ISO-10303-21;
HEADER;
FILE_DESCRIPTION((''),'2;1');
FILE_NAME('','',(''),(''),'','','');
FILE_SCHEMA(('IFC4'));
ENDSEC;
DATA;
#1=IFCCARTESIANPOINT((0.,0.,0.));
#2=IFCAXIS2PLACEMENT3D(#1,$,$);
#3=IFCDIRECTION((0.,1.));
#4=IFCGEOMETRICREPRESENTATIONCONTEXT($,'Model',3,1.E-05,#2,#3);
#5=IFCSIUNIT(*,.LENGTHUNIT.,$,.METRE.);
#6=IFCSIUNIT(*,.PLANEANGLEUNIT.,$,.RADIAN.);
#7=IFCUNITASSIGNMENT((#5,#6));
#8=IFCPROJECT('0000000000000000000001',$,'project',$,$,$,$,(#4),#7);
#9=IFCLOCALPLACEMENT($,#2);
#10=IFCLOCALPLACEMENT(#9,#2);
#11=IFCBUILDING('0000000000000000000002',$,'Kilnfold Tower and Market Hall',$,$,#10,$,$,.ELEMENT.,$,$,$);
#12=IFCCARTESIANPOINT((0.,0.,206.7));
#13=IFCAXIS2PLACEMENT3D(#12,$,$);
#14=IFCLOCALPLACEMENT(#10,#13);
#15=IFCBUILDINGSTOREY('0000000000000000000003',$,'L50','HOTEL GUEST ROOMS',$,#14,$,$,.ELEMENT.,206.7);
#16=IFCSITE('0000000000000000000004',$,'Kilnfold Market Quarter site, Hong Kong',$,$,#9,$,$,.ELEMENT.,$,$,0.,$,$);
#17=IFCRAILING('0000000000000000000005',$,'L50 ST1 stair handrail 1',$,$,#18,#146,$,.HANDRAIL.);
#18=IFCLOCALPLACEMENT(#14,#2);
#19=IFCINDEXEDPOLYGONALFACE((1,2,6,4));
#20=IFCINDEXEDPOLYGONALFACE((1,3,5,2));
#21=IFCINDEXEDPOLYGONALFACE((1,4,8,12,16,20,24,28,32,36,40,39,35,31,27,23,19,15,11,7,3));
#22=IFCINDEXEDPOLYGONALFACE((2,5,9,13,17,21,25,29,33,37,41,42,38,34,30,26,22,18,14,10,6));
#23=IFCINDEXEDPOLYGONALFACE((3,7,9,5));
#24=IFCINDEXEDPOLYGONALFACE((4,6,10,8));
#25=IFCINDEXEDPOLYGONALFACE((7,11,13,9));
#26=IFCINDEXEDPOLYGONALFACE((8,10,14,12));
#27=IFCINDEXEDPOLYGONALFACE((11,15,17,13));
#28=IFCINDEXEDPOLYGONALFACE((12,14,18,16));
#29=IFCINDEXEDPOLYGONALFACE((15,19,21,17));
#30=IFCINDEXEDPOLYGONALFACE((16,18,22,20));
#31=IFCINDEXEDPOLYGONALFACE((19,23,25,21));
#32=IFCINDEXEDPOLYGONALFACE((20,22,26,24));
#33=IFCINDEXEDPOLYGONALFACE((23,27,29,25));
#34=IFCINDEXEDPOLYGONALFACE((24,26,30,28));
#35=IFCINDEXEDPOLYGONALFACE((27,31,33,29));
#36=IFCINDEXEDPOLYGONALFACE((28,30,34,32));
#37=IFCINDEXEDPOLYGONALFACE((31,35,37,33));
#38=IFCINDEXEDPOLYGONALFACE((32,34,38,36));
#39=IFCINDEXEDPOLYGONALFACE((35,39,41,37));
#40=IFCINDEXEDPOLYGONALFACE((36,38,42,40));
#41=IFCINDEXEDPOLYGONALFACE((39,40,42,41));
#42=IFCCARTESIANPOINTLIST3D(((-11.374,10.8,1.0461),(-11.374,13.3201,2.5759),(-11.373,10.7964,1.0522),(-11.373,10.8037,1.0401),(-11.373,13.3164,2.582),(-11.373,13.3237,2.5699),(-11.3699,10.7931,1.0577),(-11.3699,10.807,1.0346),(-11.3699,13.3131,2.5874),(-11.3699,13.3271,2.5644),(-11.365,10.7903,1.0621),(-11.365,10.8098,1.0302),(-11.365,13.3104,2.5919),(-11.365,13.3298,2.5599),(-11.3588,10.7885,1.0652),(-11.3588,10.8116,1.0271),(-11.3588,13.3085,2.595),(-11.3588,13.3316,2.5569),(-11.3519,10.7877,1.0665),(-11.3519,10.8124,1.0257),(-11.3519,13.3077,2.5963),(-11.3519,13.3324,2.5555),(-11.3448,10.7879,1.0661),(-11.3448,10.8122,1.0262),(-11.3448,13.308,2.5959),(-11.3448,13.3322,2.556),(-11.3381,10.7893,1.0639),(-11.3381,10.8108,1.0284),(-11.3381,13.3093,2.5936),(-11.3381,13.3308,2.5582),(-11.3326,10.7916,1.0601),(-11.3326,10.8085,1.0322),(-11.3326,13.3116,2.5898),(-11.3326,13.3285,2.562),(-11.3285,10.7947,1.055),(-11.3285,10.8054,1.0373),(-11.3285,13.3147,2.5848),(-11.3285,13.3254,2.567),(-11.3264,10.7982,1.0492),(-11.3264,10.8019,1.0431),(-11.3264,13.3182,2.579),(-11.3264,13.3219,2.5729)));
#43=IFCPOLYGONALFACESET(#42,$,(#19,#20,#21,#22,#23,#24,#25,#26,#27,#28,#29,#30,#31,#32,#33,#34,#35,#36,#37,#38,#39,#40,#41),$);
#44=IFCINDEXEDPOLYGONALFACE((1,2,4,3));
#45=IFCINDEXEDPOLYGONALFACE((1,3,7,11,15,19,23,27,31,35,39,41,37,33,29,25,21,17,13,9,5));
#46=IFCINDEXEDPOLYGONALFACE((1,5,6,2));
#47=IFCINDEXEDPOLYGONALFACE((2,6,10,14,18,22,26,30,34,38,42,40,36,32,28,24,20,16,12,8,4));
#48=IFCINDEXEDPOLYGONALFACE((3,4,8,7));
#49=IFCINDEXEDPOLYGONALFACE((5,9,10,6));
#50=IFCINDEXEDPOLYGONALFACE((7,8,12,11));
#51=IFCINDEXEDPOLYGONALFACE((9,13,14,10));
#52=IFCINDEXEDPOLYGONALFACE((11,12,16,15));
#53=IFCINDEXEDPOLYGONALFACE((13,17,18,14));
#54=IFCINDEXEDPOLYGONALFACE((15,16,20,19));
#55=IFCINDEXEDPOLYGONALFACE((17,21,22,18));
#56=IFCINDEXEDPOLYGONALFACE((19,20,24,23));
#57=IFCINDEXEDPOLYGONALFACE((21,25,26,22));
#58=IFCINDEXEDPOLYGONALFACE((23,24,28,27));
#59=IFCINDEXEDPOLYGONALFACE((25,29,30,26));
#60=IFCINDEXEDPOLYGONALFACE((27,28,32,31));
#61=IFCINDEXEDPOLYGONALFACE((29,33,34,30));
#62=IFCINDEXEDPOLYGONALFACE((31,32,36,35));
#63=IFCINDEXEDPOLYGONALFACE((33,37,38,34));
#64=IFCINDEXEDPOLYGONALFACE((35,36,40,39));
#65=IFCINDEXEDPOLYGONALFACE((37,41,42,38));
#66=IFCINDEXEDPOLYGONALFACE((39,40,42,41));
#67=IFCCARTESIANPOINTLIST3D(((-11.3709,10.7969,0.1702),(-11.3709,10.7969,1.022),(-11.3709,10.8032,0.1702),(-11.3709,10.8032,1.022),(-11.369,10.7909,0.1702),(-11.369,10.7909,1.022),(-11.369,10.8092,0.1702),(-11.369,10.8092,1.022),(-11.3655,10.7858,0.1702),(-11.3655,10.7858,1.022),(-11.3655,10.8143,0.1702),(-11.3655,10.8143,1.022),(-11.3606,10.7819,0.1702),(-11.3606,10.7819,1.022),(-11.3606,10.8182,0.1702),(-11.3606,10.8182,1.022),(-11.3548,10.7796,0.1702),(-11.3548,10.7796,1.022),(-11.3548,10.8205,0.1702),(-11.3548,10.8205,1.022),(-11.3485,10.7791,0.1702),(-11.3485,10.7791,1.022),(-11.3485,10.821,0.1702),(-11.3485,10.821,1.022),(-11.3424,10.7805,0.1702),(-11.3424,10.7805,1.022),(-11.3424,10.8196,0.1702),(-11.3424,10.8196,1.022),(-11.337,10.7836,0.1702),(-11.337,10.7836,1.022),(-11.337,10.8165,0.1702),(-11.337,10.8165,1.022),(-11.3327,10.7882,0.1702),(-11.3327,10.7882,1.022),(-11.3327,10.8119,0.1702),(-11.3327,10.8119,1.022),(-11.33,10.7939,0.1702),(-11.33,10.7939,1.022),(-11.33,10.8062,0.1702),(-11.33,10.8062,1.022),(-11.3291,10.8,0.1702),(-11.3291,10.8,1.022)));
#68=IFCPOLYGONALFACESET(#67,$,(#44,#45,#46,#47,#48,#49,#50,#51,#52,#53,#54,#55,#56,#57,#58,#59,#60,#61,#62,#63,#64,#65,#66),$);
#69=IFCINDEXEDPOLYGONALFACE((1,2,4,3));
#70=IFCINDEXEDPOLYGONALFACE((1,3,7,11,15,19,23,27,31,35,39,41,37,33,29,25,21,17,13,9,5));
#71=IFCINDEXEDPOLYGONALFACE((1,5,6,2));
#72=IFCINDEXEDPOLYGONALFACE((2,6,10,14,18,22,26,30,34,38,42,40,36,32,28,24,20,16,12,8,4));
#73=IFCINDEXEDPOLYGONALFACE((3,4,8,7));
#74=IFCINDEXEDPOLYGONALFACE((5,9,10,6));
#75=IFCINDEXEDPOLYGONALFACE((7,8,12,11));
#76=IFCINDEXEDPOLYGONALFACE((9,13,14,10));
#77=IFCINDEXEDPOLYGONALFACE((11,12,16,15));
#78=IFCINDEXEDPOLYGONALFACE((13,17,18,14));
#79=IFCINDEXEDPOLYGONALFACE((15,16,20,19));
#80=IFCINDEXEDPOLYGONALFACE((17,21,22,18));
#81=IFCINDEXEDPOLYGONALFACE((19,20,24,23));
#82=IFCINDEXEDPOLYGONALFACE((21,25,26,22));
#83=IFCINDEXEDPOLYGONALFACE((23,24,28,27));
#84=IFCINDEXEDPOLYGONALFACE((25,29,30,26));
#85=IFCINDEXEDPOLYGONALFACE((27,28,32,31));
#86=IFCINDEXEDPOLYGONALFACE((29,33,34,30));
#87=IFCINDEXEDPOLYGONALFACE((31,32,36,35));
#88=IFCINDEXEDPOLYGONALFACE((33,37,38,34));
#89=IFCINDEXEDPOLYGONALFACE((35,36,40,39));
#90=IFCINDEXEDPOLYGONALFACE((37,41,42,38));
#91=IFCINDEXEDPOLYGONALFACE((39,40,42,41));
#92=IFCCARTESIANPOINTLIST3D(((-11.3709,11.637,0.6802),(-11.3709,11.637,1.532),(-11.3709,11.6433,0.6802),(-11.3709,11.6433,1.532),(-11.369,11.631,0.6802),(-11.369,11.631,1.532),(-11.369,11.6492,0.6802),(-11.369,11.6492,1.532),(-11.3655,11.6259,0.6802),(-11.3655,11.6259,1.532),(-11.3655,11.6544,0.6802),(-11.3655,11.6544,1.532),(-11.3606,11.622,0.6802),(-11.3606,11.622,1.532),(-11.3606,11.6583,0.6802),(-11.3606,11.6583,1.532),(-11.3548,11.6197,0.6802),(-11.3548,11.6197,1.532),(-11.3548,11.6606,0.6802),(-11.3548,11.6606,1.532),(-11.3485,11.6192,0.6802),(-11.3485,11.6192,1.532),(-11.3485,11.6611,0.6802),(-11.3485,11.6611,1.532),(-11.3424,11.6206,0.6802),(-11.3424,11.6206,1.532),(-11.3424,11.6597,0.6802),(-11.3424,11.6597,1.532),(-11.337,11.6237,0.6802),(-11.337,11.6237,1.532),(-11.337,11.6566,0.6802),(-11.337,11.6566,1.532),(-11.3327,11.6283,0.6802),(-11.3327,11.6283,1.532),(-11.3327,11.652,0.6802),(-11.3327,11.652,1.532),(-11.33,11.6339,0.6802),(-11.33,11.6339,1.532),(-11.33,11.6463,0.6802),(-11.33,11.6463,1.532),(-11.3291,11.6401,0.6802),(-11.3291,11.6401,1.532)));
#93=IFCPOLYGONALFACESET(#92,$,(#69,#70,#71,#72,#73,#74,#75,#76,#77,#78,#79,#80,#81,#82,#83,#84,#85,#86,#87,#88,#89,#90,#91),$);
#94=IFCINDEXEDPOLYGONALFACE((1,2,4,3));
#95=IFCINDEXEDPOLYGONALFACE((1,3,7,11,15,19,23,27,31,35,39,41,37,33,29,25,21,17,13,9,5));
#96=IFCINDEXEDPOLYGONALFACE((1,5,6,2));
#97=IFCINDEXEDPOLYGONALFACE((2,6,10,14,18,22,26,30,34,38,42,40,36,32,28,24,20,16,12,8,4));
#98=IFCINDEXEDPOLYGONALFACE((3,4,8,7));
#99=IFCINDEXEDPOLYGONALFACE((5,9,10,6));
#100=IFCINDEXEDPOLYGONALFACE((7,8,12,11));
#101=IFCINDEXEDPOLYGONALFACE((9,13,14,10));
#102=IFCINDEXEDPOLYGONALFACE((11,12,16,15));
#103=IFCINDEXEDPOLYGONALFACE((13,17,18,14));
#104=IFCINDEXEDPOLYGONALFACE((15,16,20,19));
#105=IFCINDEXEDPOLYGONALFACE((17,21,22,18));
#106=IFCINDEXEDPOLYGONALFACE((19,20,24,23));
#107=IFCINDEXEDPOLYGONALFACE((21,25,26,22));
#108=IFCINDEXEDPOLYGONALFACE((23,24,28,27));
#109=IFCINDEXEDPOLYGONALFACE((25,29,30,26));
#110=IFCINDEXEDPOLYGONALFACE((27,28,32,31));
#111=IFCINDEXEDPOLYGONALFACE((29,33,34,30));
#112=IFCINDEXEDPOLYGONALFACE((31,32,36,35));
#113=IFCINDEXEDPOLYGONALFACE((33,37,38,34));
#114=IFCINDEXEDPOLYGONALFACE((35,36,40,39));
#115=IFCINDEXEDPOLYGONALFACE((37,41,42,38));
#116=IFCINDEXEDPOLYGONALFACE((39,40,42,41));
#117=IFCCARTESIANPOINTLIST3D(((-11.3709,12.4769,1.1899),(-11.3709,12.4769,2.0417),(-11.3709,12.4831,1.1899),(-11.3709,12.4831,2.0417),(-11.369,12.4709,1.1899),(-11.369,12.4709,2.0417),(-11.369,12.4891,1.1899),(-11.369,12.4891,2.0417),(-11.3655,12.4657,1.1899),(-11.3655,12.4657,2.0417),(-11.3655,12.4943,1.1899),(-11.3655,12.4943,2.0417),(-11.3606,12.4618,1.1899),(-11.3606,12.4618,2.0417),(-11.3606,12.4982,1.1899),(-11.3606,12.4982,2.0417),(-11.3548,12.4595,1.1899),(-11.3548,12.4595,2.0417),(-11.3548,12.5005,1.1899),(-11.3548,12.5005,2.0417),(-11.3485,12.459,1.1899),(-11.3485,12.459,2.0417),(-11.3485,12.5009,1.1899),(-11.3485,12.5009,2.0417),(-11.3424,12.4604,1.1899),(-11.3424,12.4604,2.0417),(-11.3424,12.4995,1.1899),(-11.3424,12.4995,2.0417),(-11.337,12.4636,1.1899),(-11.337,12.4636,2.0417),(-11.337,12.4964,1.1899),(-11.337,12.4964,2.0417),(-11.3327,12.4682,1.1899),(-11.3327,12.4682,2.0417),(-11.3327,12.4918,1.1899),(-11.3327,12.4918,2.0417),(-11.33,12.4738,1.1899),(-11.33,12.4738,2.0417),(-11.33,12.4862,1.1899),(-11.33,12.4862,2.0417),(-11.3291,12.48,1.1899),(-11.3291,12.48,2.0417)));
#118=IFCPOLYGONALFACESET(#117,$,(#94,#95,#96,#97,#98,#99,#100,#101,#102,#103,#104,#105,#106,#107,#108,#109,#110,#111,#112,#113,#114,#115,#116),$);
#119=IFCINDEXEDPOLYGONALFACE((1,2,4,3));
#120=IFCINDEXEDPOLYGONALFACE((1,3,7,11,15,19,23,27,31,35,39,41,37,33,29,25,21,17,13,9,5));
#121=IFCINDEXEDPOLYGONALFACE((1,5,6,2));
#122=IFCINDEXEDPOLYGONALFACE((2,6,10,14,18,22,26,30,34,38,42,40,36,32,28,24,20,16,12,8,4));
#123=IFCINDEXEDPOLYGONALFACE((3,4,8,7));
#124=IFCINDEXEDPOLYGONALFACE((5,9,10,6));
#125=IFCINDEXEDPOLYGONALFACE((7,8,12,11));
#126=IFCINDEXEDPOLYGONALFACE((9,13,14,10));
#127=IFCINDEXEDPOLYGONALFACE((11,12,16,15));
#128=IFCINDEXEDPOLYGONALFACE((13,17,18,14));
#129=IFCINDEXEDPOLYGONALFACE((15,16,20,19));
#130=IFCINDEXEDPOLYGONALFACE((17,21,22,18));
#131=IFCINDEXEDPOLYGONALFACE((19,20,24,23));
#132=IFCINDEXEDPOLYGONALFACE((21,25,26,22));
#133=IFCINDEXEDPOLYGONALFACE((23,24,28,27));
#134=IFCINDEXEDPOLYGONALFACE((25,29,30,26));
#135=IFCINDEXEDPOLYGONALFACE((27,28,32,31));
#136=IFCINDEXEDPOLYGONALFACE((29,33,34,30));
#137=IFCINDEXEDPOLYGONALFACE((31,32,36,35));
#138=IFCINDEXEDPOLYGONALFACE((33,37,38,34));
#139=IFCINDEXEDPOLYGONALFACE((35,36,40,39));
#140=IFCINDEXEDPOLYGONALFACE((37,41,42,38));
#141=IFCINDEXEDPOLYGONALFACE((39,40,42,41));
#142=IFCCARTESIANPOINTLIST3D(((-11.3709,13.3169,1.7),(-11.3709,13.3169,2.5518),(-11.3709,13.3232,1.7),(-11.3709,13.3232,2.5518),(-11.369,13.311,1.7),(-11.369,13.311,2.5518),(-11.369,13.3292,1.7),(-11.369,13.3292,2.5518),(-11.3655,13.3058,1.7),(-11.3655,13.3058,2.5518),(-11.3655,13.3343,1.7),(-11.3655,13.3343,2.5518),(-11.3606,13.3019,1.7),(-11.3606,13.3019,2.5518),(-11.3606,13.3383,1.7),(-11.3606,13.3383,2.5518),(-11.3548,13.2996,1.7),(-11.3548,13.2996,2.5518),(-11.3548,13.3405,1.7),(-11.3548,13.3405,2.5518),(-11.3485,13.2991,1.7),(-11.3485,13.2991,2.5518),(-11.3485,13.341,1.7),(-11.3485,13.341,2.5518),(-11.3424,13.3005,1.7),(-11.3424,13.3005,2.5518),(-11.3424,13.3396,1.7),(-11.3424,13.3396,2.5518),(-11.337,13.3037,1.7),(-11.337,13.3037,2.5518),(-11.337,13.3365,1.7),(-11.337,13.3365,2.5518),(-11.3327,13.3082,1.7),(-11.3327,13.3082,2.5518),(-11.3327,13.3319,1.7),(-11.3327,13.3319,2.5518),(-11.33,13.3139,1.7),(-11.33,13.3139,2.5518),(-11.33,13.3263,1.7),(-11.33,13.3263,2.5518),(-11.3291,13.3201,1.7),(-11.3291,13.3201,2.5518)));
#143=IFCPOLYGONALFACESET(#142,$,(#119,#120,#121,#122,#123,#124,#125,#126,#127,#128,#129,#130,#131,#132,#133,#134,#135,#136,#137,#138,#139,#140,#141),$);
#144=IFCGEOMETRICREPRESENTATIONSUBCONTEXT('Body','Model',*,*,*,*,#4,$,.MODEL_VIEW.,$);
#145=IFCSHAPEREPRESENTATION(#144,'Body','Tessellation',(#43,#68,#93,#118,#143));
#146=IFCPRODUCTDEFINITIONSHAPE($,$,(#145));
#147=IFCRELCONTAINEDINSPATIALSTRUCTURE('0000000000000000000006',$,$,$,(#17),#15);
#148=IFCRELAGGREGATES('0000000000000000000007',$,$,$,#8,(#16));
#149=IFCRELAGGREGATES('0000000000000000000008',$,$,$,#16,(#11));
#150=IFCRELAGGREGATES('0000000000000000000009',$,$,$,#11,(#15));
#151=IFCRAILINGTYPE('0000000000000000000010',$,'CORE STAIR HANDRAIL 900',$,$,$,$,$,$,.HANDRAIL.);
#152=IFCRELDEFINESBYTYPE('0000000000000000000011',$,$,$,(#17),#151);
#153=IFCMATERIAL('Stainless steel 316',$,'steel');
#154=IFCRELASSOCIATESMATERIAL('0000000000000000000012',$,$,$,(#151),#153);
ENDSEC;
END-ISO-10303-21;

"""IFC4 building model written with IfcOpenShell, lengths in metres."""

from ifc_helpers import new_model, si_unit, direction, frame, origin, origin_2d, place, context, subcontext, project, spatial, circle, extrude, material, type_object, element, save


model = new_model("IFC4")

# Units and contexts
model_context = context("Model", 3, precision=1e-05, world=origin(), true_north=direction((0.0, 1.0)))
body_context = subcontext(model_context, "Body", "Model", "MODEL_VIEW")
ifc_project = project(units=[si_unit("LENGTHUNIT", "METRE"), si_unit("PLANEANGLEUNIT", "RADIAN")], contexts=[model_context])

# Site, building, storey
site_placement = place(None, origin())
site = spatial("IfcSite", under=ifc_project, at=site_placement, Name="Kilnfold Market Quarter site, Hong Kong", CompositionType="ELEMENT", RefElevation=0.0)
building_placement = place(site_placement, origin())
building = spatial("IfcBuilding", under=site, at=building_placement, Name="Kilnfold Tower and Market Hall", CompositionType="ELEMENT")
storey_placement = place(building_placement, frame((0.0, 0.0, 206.7)))
storey = spatial("IfcBuildingStorey", under=building, at=storey_placement, Name="L50", Description="HOTEL GUEST ROOMS", CompositionType="ELEMENT", Elevation=206.7)

# Railing
ifc_material_1 = material(Name="Stainless steel 316", Category="steel")
railing_type_1 = type_object("IfcRailingType", Name="CORE STAIR HANDRAIL 900", PredefinedType="HANDRAIL", material=ifc_material_1)
railing_1_placement = place(storey_placement, frame((-11.3501, 10.8, 0.1702)))
element("IfcRailing", 1, at=railing_1_placement, inside=storey, type_object=railing_type_1, Name="L50 ST1 stair handrail 1", PredefinedType="HANDRAIL", context=body_context, shape_type="SweptSolid", body=[
    extrude(circle(Radius=0.0239, at=origin_2d()), frame((0.0, 0.0, 0.876), z_axis=(0.0, 0.854822, 0.518922), x_axis=(-1.0, 0.0, 0.0)), (0.0, 0.0, 1.0), 2.948),
    extrude(circle(Radius=0.021, at=origin_2d()), origin(), (0.0, 0.0, 1.0), 0.8518),
    extrude(circle(Radius=0.021, at=origin_2d()), frame((0.0, 0.8401, 0.51)), (0.0, 0.0, 1.0), 0.8518),
    extrude(circle(Radius=0.021, at=origin_2d()), frame((0.0, 1.6799, 1.0198)), (0.0, 0.0, 1.0), 0.8518),
    extrude(circle(Radius=0.021, at=origin_2d()), frame((0.0, 2.52, 1.5298)), (0.0, 0.0, 1.0), 0.8518),
])

save(model, "model.ifc")
